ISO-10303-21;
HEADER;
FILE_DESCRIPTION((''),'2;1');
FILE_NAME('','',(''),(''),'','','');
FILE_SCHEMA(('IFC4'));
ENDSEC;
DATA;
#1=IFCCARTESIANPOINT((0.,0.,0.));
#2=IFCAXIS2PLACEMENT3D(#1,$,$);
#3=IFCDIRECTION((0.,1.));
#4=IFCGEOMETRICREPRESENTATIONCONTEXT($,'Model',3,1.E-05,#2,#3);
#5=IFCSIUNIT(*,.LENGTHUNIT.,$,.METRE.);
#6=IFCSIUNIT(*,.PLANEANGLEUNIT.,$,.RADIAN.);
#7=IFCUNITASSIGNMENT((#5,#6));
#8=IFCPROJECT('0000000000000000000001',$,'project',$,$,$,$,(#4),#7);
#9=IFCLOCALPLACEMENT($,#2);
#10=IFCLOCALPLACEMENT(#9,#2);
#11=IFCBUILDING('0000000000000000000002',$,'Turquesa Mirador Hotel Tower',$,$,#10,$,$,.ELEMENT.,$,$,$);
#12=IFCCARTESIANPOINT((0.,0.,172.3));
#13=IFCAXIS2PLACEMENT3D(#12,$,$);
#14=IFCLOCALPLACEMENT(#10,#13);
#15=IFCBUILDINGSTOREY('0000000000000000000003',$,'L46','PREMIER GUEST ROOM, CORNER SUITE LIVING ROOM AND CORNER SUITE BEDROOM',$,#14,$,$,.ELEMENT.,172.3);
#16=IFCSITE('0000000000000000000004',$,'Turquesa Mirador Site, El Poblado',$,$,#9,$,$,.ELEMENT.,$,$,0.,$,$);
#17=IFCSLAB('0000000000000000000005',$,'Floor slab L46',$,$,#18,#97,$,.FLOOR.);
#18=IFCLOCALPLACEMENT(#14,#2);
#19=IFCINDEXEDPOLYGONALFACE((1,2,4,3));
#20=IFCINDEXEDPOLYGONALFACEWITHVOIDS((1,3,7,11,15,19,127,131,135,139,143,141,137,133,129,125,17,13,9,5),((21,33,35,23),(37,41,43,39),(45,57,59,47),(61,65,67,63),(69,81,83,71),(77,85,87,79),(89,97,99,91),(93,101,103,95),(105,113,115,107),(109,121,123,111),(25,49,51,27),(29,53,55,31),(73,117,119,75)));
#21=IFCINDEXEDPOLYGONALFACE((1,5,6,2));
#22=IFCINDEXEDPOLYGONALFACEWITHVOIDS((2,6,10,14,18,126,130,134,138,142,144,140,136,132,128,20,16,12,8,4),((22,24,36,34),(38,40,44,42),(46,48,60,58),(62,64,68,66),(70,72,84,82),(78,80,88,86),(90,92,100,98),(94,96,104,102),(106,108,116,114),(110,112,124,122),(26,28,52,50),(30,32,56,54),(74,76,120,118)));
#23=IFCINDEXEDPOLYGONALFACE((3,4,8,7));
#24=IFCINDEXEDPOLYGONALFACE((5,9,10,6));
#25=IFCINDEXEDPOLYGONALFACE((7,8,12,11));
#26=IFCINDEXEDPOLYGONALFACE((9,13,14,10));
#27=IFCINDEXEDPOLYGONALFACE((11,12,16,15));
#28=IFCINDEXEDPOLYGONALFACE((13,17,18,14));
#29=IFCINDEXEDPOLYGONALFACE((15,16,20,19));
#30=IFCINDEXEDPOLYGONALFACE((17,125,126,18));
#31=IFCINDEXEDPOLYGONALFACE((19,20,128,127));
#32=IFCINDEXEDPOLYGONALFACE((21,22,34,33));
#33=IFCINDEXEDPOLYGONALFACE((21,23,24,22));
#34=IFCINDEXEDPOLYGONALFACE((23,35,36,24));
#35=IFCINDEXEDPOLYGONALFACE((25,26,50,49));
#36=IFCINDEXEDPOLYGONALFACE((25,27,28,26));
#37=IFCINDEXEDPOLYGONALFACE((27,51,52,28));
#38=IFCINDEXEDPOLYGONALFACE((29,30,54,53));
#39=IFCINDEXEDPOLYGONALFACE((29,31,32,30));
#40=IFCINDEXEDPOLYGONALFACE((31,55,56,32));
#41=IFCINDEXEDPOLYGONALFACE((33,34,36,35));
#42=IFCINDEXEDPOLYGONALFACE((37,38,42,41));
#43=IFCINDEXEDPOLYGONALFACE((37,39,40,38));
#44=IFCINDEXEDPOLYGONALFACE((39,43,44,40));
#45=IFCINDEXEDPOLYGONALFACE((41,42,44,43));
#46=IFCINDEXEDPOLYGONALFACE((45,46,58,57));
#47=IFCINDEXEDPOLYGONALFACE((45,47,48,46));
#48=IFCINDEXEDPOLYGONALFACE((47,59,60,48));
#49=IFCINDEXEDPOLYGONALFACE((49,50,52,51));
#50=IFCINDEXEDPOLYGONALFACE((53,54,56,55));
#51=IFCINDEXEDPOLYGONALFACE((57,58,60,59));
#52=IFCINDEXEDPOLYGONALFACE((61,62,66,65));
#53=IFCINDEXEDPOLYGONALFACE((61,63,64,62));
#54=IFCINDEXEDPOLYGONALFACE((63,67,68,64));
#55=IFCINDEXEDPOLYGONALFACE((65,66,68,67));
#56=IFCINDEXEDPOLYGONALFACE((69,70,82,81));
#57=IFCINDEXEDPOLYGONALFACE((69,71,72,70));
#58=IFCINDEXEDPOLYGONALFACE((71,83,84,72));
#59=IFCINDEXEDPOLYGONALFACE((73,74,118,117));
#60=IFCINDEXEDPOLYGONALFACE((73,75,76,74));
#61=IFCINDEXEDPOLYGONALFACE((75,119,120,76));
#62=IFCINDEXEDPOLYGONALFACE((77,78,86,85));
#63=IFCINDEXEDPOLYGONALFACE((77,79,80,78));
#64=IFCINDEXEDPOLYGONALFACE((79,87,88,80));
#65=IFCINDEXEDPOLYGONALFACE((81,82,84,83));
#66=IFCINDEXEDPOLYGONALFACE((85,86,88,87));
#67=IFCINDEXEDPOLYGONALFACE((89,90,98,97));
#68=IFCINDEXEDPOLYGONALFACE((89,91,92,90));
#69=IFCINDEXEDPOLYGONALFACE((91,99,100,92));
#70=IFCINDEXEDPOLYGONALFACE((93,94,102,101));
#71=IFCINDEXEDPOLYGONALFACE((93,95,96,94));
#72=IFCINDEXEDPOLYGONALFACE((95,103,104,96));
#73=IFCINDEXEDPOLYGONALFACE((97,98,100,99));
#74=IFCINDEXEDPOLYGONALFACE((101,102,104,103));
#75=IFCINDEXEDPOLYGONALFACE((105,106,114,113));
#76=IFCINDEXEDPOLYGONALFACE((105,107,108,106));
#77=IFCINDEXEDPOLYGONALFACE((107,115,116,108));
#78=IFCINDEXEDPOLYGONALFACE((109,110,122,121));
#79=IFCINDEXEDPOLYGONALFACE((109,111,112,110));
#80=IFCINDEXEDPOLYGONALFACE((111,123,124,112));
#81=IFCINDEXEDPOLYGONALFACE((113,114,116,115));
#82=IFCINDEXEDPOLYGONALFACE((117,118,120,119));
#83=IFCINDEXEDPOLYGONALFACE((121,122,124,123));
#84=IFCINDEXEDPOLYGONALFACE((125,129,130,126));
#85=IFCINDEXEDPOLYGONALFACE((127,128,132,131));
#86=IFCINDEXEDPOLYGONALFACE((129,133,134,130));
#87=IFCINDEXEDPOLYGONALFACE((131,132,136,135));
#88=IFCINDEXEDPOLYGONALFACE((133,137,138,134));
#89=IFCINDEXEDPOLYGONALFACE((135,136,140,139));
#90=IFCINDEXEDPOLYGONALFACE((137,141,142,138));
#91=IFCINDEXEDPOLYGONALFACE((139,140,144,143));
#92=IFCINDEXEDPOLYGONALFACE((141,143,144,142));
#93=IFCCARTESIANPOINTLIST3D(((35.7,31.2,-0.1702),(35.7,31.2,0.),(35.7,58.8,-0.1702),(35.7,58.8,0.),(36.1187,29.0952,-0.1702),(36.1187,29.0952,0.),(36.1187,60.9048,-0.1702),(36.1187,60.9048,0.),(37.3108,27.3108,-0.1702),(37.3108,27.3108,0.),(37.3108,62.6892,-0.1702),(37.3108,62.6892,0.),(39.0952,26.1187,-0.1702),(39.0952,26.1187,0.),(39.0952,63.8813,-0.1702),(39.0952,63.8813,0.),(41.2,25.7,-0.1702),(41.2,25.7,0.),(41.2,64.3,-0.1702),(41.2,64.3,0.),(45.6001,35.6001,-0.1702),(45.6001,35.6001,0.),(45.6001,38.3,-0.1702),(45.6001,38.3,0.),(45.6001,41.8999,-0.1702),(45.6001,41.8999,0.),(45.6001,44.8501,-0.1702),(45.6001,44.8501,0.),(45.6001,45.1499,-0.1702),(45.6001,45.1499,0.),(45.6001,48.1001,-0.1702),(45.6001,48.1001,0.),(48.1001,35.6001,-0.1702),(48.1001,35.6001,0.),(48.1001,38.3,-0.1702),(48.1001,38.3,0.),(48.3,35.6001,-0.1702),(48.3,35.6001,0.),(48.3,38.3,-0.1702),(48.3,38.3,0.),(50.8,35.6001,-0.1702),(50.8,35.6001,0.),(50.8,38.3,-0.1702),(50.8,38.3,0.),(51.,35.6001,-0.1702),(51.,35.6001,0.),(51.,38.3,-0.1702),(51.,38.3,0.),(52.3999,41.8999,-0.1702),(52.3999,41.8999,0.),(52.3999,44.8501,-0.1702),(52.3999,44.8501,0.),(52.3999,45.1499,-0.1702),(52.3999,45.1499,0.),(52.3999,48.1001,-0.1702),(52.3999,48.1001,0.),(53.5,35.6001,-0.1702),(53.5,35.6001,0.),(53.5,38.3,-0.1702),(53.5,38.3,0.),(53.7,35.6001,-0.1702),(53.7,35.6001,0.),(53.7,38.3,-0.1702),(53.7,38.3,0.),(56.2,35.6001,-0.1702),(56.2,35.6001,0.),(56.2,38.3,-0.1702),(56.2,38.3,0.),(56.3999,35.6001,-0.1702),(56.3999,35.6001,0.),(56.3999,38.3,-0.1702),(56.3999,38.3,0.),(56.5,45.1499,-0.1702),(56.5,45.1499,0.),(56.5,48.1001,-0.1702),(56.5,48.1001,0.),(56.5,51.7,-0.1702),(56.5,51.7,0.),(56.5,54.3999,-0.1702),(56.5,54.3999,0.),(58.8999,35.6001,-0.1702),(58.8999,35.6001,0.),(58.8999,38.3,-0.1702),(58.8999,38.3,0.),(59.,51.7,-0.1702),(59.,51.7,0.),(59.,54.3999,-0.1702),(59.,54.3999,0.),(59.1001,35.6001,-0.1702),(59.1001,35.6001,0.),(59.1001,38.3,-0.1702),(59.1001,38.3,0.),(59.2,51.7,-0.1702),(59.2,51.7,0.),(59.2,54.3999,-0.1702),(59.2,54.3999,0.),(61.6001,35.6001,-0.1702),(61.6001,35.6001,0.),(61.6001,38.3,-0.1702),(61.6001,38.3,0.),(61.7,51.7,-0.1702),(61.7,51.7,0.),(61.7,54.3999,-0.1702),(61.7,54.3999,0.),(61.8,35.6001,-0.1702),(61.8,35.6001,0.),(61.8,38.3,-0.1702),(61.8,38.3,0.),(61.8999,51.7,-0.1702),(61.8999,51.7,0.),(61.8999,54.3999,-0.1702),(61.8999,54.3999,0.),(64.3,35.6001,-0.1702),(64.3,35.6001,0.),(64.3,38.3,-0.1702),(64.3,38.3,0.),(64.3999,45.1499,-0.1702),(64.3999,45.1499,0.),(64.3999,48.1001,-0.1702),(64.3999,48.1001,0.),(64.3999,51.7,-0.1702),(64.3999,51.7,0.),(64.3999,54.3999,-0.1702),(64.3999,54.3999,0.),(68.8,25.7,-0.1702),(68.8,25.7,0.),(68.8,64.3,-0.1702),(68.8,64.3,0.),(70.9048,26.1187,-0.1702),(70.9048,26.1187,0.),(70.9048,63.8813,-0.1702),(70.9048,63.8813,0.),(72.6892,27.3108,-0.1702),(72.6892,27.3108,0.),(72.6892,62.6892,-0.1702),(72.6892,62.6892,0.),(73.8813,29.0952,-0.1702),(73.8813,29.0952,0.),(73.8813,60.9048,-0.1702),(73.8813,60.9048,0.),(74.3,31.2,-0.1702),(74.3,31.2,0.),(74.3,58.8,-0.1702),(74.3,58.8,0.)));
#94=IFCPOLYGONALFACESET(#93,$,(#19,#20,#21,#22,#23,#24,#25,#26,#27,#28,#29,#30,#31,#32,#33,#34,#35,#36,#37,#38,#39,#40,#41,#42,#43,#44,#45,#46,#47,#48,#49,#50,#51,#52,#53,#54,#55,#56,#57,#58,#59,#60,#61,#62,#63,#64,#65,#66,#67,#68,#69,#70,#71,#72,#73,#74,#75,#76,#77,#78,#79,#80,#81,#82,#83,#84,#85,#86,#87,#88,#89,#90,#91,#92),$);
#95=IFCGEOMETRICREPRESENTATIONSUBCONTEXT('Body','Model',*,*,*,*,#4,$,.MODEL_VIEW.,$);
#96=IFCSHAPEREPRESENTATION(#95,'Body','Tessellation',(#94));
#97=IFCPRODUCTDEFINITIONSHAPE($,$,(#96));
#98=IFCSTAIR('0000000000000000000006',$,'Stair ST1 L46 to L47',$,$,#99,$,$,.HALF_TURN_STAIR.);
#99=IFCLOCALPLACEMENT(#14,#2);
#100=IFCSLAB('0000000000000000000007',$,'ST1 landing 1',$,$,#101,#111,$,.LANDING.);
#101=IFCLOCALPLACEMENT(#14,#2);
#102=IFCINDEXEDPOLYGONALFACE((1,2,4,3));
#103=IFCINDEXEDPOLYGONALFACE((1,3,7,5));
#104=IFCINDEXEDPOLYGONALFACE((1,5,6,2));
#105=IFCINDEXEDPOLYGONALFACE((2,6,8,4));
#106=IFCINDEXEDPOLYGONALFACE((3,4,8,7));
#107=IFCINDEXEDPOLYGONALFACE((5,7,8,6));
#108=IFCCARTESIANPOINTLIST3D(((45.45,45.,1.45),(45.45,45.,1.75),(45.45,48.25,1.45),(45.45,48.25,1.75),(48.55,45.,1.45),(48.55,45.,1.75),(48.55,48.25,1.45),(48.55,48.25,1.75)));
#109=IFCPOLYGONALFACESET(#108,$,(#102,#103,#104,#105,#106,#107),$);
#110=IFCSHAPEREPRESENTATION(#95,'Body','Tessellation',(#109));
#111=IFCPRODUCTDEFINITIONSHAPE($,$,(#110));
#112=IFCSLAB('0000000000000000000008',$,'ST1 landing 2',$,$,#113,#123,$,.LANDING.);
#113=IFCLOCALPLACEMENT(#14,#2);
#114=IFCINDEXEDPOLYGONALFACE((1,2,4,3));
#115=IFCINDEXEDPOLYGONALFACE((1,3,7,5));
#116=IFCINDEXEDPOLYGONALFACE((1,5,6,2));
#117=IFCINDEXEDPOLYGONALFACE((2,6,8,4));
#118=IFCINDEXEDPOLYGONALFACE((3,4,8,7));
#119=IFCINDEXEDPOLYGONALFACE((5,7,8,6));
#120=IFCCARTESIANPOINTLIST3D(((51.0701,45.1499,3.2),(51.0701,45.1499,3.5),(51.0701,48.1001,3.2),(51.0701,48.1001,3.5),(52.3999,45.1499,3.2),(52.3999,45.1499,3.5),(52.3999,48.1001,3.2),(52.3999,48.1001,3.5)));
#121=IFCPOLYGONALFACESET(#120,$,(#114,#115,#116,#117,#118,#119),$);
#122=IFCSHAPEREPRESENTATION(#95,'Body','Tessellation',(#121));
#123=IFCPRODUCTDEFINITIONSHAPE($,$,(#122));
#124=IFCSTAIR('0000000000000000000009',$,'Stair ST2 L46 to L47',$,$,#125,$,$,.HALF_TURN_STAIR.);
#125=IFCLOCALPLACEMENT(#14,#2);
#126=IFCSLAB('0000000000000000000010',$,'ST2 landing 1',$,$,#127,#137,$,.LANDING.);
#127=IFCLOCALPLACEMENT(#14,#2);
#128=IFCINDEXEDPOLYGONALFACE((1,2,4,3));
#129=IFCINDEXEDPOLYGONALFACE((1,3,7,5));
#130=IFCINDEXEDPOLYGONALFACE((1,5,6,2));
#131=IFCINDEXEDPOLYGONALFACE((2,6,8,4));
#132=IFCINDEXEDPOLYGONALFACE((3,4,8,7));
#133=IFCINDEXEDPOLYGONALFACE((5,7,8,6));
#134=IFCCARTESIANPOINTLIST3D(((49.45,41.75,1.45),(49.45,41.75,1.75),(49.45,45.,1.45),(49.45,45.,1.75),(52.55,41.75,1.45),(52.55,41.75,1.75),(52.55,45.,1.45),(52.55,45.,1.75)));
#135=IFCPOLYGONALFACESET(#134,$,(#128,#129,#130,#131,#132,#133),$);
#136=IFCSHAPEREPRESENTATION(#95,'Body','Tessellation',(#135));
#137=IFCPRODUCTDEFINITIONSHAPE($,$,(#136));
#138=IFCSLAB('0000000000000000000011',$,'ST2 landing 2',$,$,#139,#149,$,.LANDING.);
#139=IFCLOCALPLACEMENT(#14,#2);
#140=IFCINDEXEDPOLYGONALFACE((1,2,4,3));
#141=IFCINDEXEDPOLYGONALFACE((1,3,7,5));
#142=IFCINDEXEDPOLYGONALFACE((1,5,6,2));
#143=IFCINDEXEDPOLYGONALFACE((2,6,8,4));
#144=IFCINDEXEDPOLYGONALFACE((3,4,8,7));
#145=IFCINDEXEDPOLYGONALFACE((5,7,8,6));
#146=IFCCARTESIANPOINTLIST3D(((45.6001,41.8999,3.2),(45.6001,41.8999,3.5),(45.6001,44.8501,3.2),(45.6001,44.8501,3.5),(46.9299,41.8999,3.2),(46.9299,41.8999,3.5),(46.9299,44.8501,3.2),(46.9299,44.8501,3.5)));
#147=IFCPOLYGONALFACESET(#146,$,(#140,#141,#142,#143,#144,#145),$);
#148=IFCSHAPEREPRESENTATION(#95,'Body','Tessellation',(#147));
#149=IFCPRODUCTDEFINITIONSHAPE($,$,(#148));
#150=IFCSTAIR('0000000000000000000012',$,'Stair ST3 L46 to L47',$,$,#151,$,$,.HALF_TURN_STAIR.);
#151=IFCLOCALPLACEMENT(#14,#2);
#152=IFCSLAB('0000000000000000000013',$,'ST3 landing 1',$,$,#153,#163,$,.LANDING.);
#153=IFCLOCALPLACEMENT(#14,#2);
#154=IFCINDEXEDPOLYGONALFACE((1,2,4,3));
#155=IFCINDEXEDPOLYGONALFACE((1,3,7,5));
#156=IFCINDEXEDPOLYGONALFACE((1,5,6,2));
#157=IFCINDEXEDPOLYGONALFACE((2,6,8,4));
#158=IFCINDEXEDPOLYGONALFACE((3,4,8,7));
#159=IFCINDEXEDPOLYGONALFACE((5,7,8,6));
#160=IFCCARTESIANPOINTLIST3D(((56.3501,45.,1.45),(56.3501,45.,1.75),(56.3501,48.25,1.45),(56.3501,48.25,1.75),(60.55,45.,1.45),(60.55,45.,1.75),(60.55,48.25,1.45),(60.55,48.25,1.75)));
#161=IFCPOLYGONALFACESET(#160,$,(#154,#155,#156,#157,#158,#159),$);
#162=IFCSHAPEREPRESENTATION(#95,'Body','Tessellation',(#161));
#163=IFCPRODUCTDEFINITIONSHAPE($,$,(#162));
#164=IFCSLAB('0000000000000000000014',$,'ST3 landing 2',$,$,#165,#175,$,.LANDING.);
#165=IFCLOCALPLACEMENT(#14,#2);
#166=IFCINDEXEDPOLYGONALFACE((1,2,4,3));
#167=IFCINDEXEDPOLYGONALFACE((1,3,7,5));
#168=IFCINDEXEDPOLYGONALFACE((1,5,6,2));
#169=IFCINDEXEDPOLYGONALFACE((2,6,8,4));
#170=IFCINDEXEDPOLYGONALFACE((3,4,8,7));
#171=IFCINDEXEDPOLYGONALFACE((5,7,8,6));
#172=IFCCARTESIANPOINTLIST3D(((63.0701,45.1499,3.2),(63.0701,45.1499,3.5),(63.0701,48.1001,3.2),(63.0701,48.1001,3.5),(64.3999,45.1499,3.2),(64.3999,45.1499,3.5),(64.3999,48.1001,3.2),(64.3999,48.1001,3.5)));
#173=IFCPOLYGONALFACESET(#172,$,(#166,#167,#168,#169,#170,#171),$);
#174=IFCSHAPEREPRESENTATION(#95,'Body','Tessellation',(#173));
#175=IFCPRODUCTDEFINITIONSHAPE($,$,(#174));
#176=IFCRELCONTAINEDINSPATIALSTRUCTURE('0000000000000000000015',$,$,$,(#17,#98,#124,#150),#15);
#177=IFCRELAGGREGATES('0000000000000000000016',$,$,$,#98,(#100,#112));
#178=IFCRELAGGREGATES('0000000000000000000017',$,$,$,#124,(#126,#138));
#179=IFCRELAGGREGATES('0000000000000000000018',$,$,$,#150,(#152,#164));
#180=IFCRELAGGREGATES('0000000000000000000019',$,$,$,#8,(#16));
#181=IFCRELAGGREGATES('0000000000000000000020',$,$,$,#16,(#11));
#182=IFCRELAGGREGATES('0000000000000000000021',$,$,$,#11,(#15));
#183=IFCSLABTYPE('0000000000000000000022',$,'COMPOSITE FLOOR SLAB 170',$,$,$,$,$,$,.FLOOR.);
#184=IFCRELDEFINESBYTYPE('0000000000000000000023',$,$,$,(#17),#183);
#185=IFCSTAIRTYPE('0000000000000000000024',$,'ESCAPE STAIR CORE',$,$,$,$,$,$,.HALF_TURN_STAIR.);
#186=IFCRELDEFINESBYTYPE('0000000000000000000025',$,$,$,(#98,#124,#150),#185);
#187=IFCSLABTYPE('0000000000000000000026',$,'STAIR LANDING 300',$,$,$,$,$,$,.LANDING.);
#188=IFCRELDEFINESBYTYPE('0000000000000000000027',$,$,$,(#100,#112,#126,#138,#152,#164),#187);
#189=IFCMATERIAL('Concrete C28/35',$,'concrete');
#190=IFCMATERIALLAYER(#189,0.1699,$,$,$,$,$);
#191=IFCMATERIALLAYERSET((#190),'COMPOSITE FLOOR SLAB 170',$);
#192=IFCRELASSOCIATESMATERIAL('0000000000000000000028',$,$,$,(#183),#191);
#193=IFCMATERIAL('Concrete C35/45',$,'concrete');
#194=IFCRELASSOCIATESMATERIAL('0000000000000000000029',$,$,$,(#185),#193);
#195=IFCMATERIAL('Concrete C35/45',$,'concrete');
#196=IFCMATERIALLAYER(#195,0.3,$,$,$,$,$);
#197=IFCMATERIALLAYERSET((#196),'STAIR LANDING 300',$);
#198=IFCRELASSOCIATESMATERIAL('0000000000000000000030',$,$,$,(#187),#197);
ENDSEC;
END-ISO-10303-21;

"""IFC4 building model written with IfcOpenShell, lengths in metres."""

from ifc_helpers import new_model, si_unit, direction, frame, origin, place, context, subcontext, project, spatial, polyline, outline, extrude, material, layer, layer_set, type_object, element, aggregate, save


model = new_model("IFC4")

# Units and contexts
model_context = context("Model", 3, precision=1e-05, world=origin(), true_north=direction((0.0, 1.0)))
body_context = subcontext(model_context, "Body", "Model", "MODEL_VIEW")
ifc_project = project(units=[si_unit("LENGTHUNIT", "METRE"), si_unit("PLANEANGLEUNIT", "RADIAN")], contexts=[model_context])

# Site, building, storey
site_placement = place(None, origin())
site = spatial("IfcSite", under=ifc_project, at=site_placement, Name="Turquesa Mirador Site, El Poblado", CompositionType="ELEMENT", RefElevation=0.0)
building_placement = place(site_placement, origin())
building = spatial("IfcBuilding", under=site, at=building_placement, Name="Turquesa Mirador Hotel Tower", CompositionType="ELEMENT")
storey_placement = place(building_placement, frame((0.0, 0.0, 172.3)))
storey = spatial("IfcBuildingStorey", under=building, at=storey_placement, Name="L46", Description="PREMIER GUEST ROOM, CORNER SUITE LIVING ROOM AND CORNER SUITE BEDROOM", CompositionType="ELEMENT", Elevation=172.3)

# Slab
ifc_material_1 = material(Name="Concrete C28/35", Category="concrete")
ifc_layer_1 = layer(ifc_material_1, 0.1699)
ifc_layer_set_1 = layer_set([ifc_layer_1], Name="COMPOSITE FLOOR SLAB 170")
slab_type_1 = type_object("IfcSlabType", Name="COMPOSITE FLOOR SLAB 170", PredefinedType="FLOOR", material=ifc_layer_set_1)
slab_1_placement = place(storey_placement, frame((0.0, 0.0, -0.1702)))
element("IfcSlab", 1, at=slab_1_placement, inside=storey, type_object=slab_type_1, Name="Floor slab L46", PredefinedType="FLOOR", context=body_context, shape_type="SweptSolid", body=[
    extrude(outline(polyline([(68.8, 25.7), (70.9048, 26.1187), (72.6892, 27.3108), (73.8813, 29.0952), (74.3, 31.2), (74.3, 58.8), (73.8813, 60.9048), (72.6892, 62.6892), (70.9048, 63.8813), (68.8, 64.3), (41.2, 64.3), (39.0952, 63.8813), (37.3108, 62.6892), (36.1187, 60.9048), (35.7, 58.8), (35.7, 31.2), (36.1187, 29.0952), (37.3108, 27.3108), (39.0952, 26.1187), (41.2, 25.7), (68.8, 25.7)]), holes=[polyline([(56.5, 51.7), (59.0, 51.7), (59.0, 54.3999), (56.5, 54.3999), (56.5, 51.7)]), polyline([(59.2, 51.7), (61.7, 51.7), (61.7, 54.3999), (59.2, 54.3999), (59.2, 51.7)]), polyline([(45.6001, 35.6001), (48.1001, 35.6001), (48.1001, 38.3), (45.6001, 38.3), (45.6001, 35.6001)]), polyline([(48.3, 35.6001), (50.8, 35.6001), (50.8, 38.3), (48.3, 38.3), (48.3, 35.6001)]), polyline([(51.0, 35.6001), (53.5, 35.6001), (53.5, 38.3), (51.0, 38.3), (51.0, 35.6001)]), polyline([(53.7, 35.6001), (56.2, 35.6001), (56.2, 38.3), (53.7, 38.3), (53.7, 35.6001)]), polyline([(56.3999, 35.6001), (58.8999, 35.6001), (58.8999, 38.3), (56.3999, 38.3), (56.3999, 35.6001)]), polyline([(59.1001, 35.6001), (61.6001, 35.6001), (61.6001, 38.3), (59.1001, 38.3), (59.1001, 35.6001)]), polyline([(61.8, 35.6001), (64.3, 35.6001), (64.3, 38.3), (61.8, 38.3), (61.8, 35.6001)]), polyline([(45.6001, 45.1499), (52.3999, 45.1499), (52.3999, 48.1001), (45.6001, 48.1001), (45.6001, 45.1499)]), polyline([(45.6001, 41.8999), (52.3999, 41.8999), (52.3999, 44.8501), (45.6001, 44.8501), (45.6001, 41.8999)]), polyline([(56.5, 45.1499), (64.3999, 45.1499), (64.3999, 48.1001), (56.5, 48.1001), (56.5, 45.1499)]), polyline([(61.8999, 51.7), (64.3999, 51.7), (64.3999, 54.3999), (61.8999, 54.3999), (61.8999, 51.7)])]), origin(), (0.0, 0.0, 1.0), 0.1702),
])

# Stairs, slabs
ifc_material_2 = material(Name="Concrete C35/45", Category="concrete")
stair_type = type_object("IfcStairType", Name="ESCAPE STAIR CORE", PredefinedType="HALF_TURN_STAIR", material=ifc_material_2)
stair_1_placement = place(storey_placement, origin())
stair_1 = element("IfcStair", 2, at=stair_1_placement, inside=storey, type_object=stair_type, Name="Stair ST1 L46 to L47", PredefinedType="HALF_TURN_STAIR")
ifc_material_3 = material(Name="Concrete C35/45", Category="concrete")
ifc_layer_2 = layer(ifc_material_3, 0.3)
ifc_layer_set_2 = layer_set([ifc_layer_2], Name="STAIR LANDING 300")
slab_type_2 = type_object("IfcSlabType", Name="STAIR LANDING 300", PredefinedType="LANDING", material=ifc_layer_set_2)
slab_2_placement = place(storey_placement, frame((0.0, 0.0, 1.45)))
slab_2 = element("IfcSlab", 3, at=slab_2_placement, type_object=slab_type_2, Name="ST1 landing 1", PredefinedType="LANDING", context=body_context, shape_type="SweptSolid", body=[
    extrude(outline(polyline([(45.45, 45.0), (48.55, 45.0), (48.55, 48.25), (45.45, 48.25), (45.45, 45.0)])), origin(), (0.0, 0.0, 1.0), 0.3),
])
slab_3_placement = place(storey_placement, frame((0.0, 0.0, 3.2)))
slab_3 = element("IfcSlab", 4, at=slab_3_placement, type_object=slab_type_2, Name="ST1 landing 2", PredefinedType="LANDING", context=body_context, shape_type="SweptSolid", body=[
    extrude(outline(polyline([(51.0701, 45.1499), (52.3999, 45.1499), (52.3999, 48.1001), (51.0701, 48.1001), (51.0701, 45.1499)])), origin(), (0.0, 0.0, 1.0), 0.3),
])
aggregate(stair_1, [slab_2, slab_3])
stair_2_placement = place(storey_placement, origin())
stair_2 = element("IfcStair", 5, at=stair_2_placement, inside=storey, type_object=stair_type, Name="Stair ST2 L46 to L47", PredefinedType="HALF_TURN_STAIR")
slab_4_placement = place(storey_placement, frame((0.0, 0.0, 1.45)))
slab_4 = element("IfcSlab", 6, at=slab_4_placement, type_object=slab_type_2, Name="ST2 landing 1", PredefinedType="LANDING", context=body_context, shape_type="SweptSolid", body=[
    extrude(outline(polyline([(52.55, 45.0), (49.45, 45.0), (49.45, 41.75), (52.55, 41.75), (52.55, 45.0)])), origin(), (0.0, 0.0, 1.0), 0.3),
])
slab_5_placement = place(storey_placement, frame((0.0, 0.0, 3.2)))
slab_5 = element("IfcSlab", 7, at=slab_5_placement, type_object=slab_type_2, Name="ST2 landing 2", PredefinedType="LANDING", context=body_context, shape_type="SweptSolid", body=[
    extrude(outline(polyline([(46.9299, 44.8501), (45.6001, 44.8501), (45.6001, 41.8999), (46.9299, 41.8999), (46.9299, 44.8501)])), origin(), (0.0, 0.0, 1.0), 0.3),
])
aggregate(stair_2, [slab_4, slab_5])
stair_3_placement = place(storey_placement, origin())
stair_3 = element("IfcStair", 8, at=stair_3_placement, inside=storey, type_object=stair_type, Name="Stair ST3 L46 to L47", PredefinedType="HALF_TURN_STAIR")
slab_6_placement = place(storey_placement, frame((0.0, 0.0, 1.45)))
slab_6 = element("IfcSlab", 9, at=slab_6_placement, type_object=slab_type_2, Name="ST3 landing 1", PredefinedType="LANDING", context=body_context, shape_type="SweptSolid", body=[
    extrude(outline(polyline([(56.3501, 45.0), (60.55, 45.0), (60.55, 48.25), (56.3501, 48.25), (56.3501, 45.0)])), origin(), (0.0, 0.0, 1.0), 0.3),
])
slab_7_placement = place(storey_placement, frame((0.0, 0.0, 3.2)))
slab_7 = element("IfcSlab", 10, at=slab_7_placement, type_object=slab_type_2, Name="ST3 landing 2", PredefinedType="LANDING", context=body_context, shape_type="SweptSolid", body=[
    extrude(outline(polyline([(63.0701, 45.1499), (64.3999, 45.1499), (64.3999, 48.1001), (63.0701, 48.1001), (63.0701, 45.1499)])), origin(), (0.0, 0.0, 1.0), 0.3),
])
aggregate(stair_3, [slab_6, slab_7])

save(model, "model.ifc")
